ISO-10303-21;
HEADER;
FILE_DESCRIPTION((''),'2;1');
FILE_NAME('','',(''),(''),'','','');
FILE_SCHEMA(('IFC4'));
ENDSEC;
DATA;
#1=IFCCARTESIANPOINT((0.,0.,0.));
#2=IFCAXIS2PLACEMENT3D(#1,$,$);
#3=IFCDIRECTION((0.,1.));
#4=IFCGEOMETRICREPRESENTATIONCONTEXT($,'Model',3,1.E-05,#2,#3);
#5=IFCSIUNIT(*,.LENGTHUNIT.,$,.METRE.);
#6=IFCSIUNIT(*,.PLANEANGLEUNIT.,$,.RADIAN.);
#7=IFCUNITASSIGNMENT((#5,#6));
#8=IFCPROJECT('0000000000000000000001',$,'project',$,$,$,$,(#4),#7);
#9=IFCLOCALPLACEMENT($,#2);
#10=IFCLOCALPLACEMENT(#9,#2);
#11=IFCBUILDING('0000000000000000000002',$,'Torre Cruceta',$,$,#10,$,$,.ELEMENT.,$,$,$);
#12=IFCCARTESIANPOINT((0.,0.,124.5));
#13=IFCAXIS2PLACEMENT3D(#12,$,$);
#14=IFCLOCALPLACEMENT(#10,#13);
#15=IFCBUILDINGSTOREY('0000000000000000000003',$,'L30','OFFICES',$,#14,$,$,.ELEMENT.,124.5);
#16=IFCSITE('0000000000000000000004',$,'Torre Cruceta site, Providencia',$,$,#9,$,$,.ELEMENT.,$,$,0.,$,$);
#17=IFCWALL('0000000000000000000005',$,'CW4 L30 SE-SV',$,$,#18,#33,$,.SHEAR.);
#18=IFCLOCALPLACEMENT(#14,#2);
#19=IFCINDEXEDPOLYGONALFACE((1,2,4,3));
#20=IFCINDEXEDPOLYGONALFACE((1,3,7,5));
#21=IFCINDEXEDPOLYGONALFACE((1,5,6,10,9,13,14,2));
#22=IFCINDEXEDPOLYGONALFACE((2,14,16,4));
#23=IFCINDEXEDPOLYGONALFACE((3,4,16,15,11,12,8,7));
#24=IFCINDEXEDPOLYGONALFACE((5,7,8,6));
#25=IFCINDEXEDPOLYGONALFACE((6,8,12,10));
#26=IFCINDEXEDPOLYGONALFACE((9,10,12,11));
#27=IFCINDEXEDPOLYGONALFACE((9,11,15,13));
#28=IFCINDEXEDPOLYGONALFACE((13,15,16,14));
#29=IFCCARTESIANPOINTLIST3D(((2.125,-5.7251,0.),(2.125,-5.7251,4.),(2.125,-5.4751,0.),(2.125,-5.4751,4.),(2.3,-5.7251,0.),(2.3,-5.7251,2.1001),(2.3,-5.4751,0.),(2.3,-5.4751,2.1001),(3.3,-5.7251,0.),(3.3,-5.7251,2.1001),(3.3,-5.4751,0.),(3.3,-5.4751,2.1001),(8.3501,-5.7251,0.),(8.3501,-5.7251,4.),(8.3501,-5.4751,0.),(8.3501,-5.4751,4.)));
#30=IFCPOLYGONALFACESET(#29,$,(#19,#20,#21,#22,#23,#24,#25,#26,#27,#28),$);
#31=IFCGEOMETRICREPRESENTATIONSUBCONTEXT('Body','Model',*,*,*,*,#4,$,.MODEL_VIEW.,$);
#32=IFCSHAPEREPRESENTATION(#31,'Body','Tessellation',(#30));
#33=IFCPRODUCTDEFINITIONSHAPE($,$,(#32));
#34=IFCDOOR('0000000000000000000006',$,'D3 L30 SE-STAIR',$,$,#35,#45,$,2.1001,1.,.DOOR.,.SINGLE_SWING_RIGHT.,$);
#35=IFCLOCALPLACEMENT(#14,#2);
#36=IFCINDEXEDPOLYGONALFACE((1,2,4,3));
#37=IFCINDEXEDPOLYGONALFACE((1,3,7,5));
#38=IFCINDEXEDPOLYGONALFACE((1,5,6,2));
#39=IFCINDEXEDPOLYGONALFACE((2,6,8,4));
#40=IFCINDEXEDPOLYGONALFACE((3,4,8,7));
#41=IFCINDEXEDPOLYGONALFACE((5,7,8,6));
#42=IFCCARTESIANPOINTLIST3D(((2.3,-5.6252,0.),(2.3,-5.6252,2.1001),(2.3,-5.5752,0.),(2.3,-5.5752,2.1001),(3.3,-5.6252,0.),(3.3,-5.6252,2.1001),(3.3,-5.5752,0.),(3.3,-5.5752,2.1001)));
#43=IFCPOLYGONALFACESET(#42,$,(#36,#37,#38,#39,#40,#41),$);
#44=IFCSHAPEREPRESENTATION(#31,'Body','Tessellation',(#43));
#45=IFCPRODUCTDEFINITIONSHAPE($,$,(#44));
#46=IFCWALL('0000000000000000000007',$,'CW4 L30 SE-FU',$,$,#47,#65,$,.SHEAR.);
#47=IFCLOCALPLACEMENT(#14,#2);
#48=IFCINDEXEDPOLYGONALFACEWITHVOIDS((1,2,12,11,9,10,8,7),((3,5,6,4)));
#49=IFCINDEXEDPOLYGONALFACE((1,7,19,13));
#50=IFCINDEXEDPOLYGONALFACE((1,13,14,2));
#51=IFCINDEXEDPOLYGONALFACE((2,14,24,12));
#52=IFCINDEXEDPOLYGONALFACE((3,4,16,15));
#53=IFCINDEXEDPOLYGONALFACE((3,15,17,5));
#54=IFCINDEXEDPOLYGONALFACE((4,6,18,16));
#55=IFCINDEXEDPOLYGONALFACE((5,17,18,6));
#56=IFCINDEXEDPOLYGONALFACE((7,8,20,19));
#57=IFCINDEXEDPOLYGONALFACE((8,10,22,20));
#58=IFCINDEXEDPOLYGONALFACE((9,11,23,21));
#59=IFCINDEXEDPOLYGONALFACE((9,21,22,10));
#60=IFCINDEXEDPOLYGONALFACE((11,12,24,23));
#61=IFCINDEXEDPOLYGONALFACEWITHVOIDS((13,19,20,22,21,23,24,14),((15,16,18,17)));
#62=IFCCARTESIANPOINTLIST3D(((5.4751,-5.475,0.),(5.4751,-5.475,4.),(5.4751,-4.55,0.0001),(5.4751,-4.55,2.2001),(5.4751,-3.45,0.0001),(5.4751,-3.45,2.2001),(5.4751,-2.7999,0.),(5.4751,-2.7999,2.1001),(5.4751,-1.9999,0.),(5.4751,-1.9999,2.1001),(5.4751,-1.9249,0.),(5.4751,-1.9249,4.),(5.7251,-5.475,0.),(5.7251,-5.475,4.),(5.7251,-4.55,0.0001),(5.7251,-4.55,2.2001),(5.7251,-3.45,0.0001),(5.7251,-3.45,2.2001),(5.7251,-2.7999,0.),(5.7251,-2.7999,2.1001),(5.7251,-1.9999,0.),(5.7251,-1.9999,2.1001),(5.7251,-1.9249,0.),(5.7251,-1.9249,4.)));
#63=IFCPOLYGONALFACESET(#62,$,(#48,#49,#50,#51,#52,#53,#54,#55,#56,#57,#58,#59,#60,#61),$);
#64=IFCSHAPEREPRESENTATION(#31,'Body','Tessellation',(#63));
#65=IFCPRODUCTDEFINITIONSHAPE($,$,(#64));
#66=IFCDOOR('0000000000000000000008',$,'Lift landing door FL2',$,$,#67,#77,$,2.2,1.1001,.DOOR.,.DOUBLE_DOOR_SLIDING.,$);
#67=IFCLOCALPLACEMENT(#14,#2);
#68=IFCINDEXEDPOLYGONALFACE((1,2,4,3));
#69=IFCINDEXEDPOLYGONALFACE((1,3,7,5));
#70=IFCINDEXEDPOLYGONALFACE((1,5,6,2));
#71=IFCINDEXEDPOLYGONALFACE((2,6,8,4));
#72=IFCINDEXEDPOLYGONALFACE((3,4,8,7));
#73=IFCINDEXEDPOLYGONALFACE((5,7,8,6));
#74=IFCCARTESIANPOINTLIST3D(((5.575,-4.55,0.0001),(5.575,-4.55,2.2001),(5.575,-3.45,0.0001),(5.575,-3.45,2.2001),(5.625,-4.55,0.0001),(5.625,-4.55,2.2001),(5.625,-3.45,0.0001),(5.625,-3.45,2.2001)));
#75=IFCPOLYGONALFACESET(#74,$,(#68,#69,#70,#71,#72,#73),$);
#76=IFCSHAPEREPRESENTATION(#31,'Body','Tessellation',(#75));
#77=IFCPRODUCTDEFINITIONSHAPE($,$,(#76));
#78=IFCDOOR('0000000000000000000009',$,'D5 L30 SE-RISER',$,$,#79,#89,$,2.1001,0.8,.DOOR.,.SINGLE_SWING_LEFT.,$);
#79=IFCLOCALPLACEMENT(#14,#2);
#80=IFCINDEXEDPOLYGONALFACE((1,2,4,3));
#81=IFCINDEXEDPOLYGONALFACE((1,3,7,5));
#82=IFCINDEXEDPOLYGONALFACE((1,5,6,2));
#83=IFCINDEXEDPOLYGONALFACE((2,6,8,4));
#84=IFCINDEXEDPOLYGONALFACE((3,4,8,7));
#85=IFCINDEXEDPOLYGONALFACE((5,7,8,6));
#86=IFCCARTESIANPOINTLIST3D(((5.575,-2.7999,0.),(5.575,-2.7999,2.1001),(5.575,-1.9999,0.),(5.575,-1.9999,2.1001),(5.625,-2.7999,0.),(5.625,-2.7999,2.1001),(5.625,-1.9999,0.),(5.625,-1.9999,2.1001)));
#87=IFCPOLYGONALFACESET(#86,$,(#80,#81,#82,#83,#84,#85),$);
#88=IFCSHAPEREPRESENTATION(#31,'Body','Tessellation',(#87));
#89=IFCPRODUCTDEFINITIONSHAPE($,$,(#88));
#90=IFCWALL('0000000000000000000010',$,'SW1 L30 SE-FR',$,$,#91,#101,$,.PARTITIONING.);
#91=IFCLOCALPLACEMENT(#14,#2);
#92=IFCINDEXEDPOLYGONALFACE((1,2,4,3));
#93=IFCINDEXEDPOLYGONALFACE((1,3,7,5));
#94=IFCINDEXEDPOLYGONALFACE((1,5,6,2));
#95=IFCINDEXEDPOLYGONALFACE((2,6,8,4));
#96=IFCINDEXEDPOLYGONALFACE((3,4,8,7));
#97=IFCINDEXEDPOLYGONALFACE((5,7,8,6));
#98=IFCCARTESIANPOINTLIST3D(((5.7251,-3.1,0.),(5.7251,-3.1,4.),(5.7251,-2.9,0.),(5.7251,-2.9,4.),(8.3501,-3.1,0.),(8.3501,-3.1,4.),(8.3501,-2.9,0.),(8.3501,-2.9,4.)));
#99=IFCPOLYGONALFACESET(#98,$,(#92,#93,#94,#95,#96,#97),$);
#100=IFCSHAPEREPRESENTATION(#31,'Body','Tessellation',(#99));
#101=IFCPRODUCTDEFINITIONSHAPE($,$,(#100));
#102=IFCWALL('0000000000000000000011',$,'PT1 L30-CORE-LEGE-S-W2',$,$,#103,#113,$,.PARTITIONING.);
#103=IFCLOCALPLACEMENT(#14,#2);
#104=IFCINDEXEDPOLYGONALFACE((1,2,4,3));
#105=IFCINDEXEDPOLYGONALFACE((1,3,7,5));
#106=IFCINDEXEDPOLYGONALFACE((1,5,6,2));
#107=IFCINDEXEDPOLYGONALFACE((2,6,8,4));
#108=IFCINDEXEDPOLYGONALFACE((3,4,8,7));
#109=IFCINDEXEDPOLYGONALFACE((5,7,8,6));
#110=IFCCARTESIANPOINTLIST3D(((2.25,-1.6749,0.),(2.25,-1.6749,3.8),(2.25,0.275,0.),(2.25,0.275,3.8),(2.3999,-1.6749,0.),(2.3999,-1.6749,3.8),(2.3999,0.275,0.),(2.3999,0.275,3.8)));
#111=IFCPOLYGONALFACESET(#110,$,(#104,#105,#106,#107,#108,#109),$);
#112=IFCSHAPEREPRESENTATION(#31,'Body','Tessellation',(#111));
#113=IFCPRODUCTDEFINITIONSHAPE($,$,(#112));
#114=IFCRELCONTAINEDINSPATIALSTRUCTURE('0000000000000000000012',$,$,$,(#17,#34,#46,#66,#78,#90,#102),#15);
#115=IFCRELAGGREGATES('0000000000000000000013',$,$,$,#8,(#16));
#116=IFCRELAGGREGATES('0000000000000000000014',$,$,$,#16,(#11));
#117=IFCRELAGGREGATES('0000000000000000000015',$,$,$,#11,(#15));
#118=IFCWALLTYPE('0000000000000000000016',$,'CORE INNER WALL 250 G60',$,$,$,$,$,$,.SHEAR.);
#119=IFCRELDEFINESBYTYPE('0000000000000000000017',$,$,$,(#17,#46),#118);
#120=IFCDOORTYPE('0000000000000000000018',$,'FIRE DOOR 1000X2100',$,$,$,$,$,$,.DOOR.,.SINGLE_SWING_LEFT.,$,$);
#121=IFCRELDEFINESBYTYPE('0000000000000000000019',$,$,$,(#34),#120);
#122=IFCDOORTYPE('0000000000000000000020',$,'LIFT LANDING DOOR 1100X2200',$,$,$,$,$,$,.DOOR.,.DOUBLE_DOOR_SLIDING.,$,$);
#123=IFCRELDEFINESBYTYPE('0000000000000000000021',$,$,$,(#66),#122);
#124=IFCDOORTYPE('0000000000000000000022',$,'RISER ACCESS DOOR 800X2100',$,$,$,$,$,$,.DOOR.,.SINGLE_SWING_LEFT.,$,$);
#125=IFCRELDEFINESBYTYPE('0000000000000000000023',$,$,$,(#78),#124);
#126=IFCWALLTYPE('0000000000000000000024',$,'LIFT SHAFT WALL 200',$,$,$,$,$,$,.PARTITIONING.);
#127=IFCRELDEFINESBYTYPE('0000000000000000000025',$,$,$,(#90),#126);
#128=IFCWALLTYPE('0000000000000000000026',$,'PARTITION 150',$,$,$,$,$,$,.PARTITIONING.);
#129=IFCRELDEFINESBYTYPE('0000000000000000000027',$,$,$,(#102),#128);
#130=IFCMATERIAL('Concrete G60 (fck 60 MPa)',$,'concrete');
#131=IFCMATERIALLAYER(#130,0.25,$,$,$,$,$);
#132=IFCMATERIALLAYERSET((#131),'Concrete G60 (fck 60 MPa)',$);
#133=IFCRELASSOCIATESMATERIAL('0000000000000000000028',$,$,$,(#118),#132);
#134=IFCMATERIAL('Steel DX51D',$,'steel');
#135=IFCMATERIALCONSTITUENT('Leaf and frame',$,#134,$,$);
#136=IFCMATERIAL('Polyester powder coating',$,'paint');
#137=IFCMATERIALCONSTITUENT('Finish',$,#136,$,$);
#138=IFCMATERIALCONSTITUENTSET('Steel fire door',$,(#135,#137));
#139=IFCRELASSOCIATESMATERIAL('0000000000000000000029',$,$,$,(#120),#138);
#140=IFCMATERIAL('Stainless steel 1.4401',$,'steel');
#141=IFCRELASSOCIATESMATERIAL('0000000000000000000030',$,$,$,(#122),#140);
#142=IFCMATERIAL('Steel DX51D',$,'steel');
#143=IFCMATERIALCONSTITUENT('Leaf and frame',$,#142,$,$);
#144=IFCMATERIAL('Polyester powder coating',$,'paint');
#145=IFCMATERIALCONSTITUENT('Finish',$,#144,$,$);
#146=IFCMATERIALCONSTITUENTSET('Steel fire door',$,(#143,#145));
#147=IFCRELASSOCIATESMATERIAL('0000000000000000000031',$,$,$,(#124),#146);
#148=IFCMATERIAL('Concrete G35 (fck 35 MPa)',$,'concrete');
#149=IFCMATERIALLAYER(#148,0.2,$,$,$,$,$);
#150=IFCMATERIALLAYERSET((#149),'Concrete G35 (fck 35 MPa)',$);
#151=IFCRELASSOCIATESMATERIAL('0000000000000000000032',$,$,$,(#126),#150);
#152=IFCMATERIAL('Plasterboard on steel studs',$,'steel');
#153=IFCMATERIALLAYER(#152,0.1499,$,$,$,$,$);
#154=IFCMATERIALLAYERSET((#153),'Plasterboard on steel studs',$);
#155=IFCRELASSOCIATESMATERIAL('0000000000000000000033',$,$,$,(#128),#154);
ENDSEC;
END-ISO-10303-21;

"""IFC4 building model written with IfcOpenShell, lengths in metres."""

from ifc_helpers import new_model, si_unit, direction, frame, frame_2d, origin, place, context, subcontext, project, spatial, rectangle, extrude, material, layer, layer_set, constituent, constituent_set, type_object, element, fill, save


model = new_model("IFC4")

# Units and contexts
model_context = context("Model", 3, precision=1e-05, world=origin(), true_north=direction((0.0, 1.0)))
body_context = subcontext(model_context, "Body", "Model", "MODEL_VIEW")
ifc_project = project(units=[si_unit("LENGTHUNIT", "METRE"), si_unit("PLANEANGLEUNIT", "RADIAN")], contexts=[model_context])

# Site, building, storey
site_placement = place(None, origin())
site = spatial("IfcSite", under=ifc_project, at=site_placement, Name="Torre Cruceta site, Providencia", CompositionType="ELEMENT", RefElevation=0.0)
building_placement = place(site_placement, origin())
building = spatial("IfcBuilding", under=site, at=building_placement, Name="Torre Cruceta", CompositionType="ELEMENT")
storey_placement = place(building_placement, frame((0.0, 0.0, 124.5)))
storey = spatial("IfcBuildingStorey", under=building, at=storey_placement, Name="L30", Description="OFFICES", CompositionType="ELEMENT", Elevation=124.5)

# Shared definitions
ifc_material_1 = material(Name="Concrete G60 (fck 60 MPa)", Category="concrete")
ifc_layer_1 = layer(ifc_material_1, 0.25)
ifc_layer_set_1 = layer_set([ifc_layer_1], Name="Concrete G60 (fck 60 MPa)")
wall_type_1 = type_object("IfcWallType", Name="CORE INNER WALL 250 G60", PredefinedType="SHEAR", material=ifc_layer_set_1)
ifc_material_2 = material(Name="Steel DX51D", Category="steel")
ifc_constituent_1 = constituent(ifc_material_2, Name="Leaf and frame")
ifc_material_3 = material(Name="Polyester powder coating", Category="paint")
ifc_constituent_2 = constituent(ifc_material_3, Name="Finish")
ifc_constituent_set_1 = constituent_set(constituents=[ifc_constituent_1, ifc_constituent_2], Name="Steel fire door")
door_type_1 = type_object("IfcDoorType", Name="FIRE DOOR 1000X2100", OperationType="SINGLE_SWING_LEFT", PredefinedType="DOOR", material=ifc_constituent_set_1)

# Wall, opening, door
wall_1_placement = place(storey_placement, frame((2.125, -5.6001, 0.0), z_axis=(0.0, 0.0, 1.0), x_axis=(1.0, 0.0, 0.0)))
wall_1 = element("IfcWall", 1, at=wall_1_placement, inside=storey, type_object=wall_type_1, Name="CW4 L30 SE-SV", PredefinedType="SHEAR", context=body_context, shape_type="SweptSolid", body=[
    extrude(rectangle(XDim=6.2251, YDim=0.25, at=frame_2d((3.1125, 0.0))), origin(), (0.0, 0.0, 1.0), 4.0),
])
opening_1_placement = place(wall_1_placement, frame((0.175, 0.0, 0.0)))
opening_1 = element("IfcOpeningElement", 2, at=opening_1_placement, cuts=wall_1, PredefinedType="OPENING", context=body_context, shape_type="SweptSolid", body=[
    extrude(rectangle(XDim=1.0, YDim=2.1001, at=frame_2d((0.5, 1.05))), frame((0.0, 0.135, 0.0), z_axis=(0.0, -1.0, 0.0), x_axis=(1.0, 0.0, 0.0)), (0.0, 0.0, 1.0), 0.27),
])
door_1_placement = place(opening_1_placement, frame((1.0, 0.0, 0.0), z_axis=(0.0, 0.0, 1.0), x_axis=(-1.0, 0.0, 0.0)))
door_1 = element("IfcDoor", 3, at=door_1_placement, inside=storey, type_object=door_type_1, Name="D3 L30 SE-STAIR", OperationType="SINGLE_SWING_RIGHT", OverallHeight=2.1001, OverallWidth=1.0, PredefinedType="DOOR", context=body_context, shape_type="SweptSolid", body=[
    extrude(rectangle(XDim=1.0, YDim=2.1001, at=frame_2d((0.5, 1.05))), frame((0.0, 0.0251, 0.0), z_axis=(0.0, -1.0, 0.0), x_axis=(1.0, 0.0, 0.0)), (0.0, 0.0, 1.0), 0.05),
])
fill(opening_1, door_1)

# Wall, openings, doors
wall_2_placement = place(storey_placement, frame((5.6001, -1.925, 0.0), z_axis=(0.0, 0.0, 1.0), x_axis=(0.0, -1.0, 0.0)))
wall_2 = element("IfcWall", 4, at=wall_2_placement, inside=storey, type_object=wall_type_1, Name="CW4 L30 SE-FU", PredefinedType="SHEAR", context=body_context, shape_type="SweptSolid", body=[
    extrude(rectangle(XDim=3.55, YDim=0.25, at=frame_2d((1.7749, 0.0))), origin(), (0.0, 0.0, 1.0), 4.0),
])
opening_2_placement = place(wall_2_placement, frame((1.5249, 0.0, 0.0)))
opening_2 = element("IfcOpeningElement", 5, at=opening_2_placement, cuts=wall_2, PredefinedType="OPENING", context=body_context, shape_type="SweptSolid", body=[
    extrude(rectangle(XDim=1.1001, YDim=2.2, at=frame_2d((0.55, 1.1001))), frame((0.0, 0.135, 0.0), z_axis=(0.0, -1.0, 0.0), x_axis=(1.0, 0.0, 0.0)), (0.0, 0.0, 1.0), 0.27),
])
opening_3_placement = place(wall_2_placement, frame((0.075, 0.0, 0.0)))
opening_3 = element("IfcOpeningElement", 6, at=opening_3_placement, cuts=wall_2, PredefinedType="OPENING", context=body_context, shape_type="SweptSolid", body=[
    extrude(rectangle(XDim=0.8, YDim=2.1001, at=frame_2d((0.3999, 1.05))), frame((0.0, 0.135, 0.0), z_axis=(0.0, -1.0, 0.0), x_axis=(1.0, 0.0, 0.0)), (0.0, 0.0, 1.0), 0.27),
])
ifc_material_4 = material(Name="Stainless steel 1.4401", Category="steel")
door_type_2 = type_object("IfcDoorType", Name="LIFT LANDING DOOR 1100X2200", OperationType="DOUBLE_DOOR_SLIDING", PredefinedType="DOOR", material=ifc_material_4)
door_2_placement = place(opening_2_placement, origin())
door_2 = element("IfcDoor", 7, at=door_2_placement, inside=storey, type_object=door_type_2, Name="Lift landing door FL2", OperationType="DOUBLE_DOOR_SLIDING", OverallHeight=2.2, OverallWidth=1.1001, PredefinedType="DOOR", context=body_context, shape_type="SweptSolid", body=[
    extrude(rectangle(XDim=1.1001, YDim=2.2, at=frame_2d((0.55, 1.1001))), frame((0.0, 0.0249, 0.0), z_axis=(0.0, -1.0, 0.0), x_axis=(1.0, 0.0, 0.0)), (0.0, 0.0, 1.0), 0.05),
])
fill(opening_2, door_2)
ifc_material_5 = material(Name="Steel DX51D", Category="steel")
ifc_constituent_3 = constituent(ifc_material_5, Name="Leaf and frame")
ifc_material_6 = material(Name="Polyester powder coating", Category="paint")
ifc_constituent_4 = constituent(ifc_material_6, Name="Finish")
ifc_constituent_set_2 = constituent_set(constituents=[ifc_constituent_3, ifc_constituent_4], Name="Steel fire door")
door_type_3 = type_object("IfcDoorType", Name="RISER ACCESS DOOR 800X2100", OperationType="SINGLE_SWING_LEFT", PredefinedType="DOOR", material=ifc_constituent_set_2)
door_3_placement = place(opening_3_placement, origin())
door_3 = element("IfcDoor", 8, at=door_3_placement, inside=storey, type_object=door_type_3, Name="D5 L30 SE-RISER", OperationType="SINGLE_SWING_LEFT", OverallHeight=2.1001, OverallWidth=0.8, PredefinedType="DOOR", context=body_context, shape_type="SweptSolid", body=[
    extrude(rectangle(XDim=0.8, YDim=2.1001, at=frame_2d((0.3999, 1.05))), frame((0.0, 0.0249, 0.0), z_axis=(0.0, -1.0, 0.0), x_axis=(1.0, 0.0, 0.0)), (0.0, 0.0, 1.0), 0.05),
])
fill(opening_3, door_3)

# Walls
ifc_material_7 = material(Name="Concrete G35 (fck 35 MPa)", Category="concrete")
ifc_layer_2 = layer(ifc_material_7, 0.2)
ifc_layer_set_2 = layer_set([ifc_layer_2], Name="Concrete G35 (fck 35 MPa)")
wall_type_2 = type_object("IfcWallType", Name="LIFT SHAFT WALL 200", PredefinedType="PARTITIONING", material=ifc_layer_set_2)
wall_3_placement = place(storey_placement, frame((5.7251, -3.0, 0.0), z_axis=(0.0, 0.0, 1.0), x_axis=(1.0, 0.0, 0.0)))
element("IfcWall", 9, at=wall_3_placement, inside=storey, type_object=wall_type_2, Name="SW1 L30 SE-FR", PredefinedType="PARTITIONING", context=body_context, shape_type="SweptSolid", body=[
    extrude(rectangle(XDim=2.625, YDim=0.2, at=frame_2d((1.3125, 0.0))), origin(), (0.0, 0.0, 1.0), 4.0),
])
ifc_material_8 = material(Name="Plasterboard on steel studs", Category="steel")
ifc_layer_3 = layer(ifc_material_8, 0.1499)
ifc_layer_set_3 = layer_set([ifc_layer_3], Name="Plasterboard on steel studs")
wall_type_3 = type_object("IfcWallType", Name="PARTITION 150", PredefinedType="PARTITIONING", material=ifc_layer_set_3)
wall_4_placement = place(storey_placement, frame((2.325, -1.675, 0.0), z_axis=(0.0, 0.0, 1.0), x_axis=(0.0, 1.0, 0.0)))
element("IfcWall", 10, at=wall_4_placement, inside=storey, type_object=wall_type_3, Name="PT1 L30-CORE-LEGE-S-W2", PredefinedType="PARTITIONING", context=body_context, shape_type="SweptSolid", body=[
    extrude(rectangle(XDim=1.95, YDim=0.1499, at=frame_2d((0.9751, 0.0))), origin(), (0.0, 0.0, 1.0), 3.8),
])

save(model, "model.ifc")
